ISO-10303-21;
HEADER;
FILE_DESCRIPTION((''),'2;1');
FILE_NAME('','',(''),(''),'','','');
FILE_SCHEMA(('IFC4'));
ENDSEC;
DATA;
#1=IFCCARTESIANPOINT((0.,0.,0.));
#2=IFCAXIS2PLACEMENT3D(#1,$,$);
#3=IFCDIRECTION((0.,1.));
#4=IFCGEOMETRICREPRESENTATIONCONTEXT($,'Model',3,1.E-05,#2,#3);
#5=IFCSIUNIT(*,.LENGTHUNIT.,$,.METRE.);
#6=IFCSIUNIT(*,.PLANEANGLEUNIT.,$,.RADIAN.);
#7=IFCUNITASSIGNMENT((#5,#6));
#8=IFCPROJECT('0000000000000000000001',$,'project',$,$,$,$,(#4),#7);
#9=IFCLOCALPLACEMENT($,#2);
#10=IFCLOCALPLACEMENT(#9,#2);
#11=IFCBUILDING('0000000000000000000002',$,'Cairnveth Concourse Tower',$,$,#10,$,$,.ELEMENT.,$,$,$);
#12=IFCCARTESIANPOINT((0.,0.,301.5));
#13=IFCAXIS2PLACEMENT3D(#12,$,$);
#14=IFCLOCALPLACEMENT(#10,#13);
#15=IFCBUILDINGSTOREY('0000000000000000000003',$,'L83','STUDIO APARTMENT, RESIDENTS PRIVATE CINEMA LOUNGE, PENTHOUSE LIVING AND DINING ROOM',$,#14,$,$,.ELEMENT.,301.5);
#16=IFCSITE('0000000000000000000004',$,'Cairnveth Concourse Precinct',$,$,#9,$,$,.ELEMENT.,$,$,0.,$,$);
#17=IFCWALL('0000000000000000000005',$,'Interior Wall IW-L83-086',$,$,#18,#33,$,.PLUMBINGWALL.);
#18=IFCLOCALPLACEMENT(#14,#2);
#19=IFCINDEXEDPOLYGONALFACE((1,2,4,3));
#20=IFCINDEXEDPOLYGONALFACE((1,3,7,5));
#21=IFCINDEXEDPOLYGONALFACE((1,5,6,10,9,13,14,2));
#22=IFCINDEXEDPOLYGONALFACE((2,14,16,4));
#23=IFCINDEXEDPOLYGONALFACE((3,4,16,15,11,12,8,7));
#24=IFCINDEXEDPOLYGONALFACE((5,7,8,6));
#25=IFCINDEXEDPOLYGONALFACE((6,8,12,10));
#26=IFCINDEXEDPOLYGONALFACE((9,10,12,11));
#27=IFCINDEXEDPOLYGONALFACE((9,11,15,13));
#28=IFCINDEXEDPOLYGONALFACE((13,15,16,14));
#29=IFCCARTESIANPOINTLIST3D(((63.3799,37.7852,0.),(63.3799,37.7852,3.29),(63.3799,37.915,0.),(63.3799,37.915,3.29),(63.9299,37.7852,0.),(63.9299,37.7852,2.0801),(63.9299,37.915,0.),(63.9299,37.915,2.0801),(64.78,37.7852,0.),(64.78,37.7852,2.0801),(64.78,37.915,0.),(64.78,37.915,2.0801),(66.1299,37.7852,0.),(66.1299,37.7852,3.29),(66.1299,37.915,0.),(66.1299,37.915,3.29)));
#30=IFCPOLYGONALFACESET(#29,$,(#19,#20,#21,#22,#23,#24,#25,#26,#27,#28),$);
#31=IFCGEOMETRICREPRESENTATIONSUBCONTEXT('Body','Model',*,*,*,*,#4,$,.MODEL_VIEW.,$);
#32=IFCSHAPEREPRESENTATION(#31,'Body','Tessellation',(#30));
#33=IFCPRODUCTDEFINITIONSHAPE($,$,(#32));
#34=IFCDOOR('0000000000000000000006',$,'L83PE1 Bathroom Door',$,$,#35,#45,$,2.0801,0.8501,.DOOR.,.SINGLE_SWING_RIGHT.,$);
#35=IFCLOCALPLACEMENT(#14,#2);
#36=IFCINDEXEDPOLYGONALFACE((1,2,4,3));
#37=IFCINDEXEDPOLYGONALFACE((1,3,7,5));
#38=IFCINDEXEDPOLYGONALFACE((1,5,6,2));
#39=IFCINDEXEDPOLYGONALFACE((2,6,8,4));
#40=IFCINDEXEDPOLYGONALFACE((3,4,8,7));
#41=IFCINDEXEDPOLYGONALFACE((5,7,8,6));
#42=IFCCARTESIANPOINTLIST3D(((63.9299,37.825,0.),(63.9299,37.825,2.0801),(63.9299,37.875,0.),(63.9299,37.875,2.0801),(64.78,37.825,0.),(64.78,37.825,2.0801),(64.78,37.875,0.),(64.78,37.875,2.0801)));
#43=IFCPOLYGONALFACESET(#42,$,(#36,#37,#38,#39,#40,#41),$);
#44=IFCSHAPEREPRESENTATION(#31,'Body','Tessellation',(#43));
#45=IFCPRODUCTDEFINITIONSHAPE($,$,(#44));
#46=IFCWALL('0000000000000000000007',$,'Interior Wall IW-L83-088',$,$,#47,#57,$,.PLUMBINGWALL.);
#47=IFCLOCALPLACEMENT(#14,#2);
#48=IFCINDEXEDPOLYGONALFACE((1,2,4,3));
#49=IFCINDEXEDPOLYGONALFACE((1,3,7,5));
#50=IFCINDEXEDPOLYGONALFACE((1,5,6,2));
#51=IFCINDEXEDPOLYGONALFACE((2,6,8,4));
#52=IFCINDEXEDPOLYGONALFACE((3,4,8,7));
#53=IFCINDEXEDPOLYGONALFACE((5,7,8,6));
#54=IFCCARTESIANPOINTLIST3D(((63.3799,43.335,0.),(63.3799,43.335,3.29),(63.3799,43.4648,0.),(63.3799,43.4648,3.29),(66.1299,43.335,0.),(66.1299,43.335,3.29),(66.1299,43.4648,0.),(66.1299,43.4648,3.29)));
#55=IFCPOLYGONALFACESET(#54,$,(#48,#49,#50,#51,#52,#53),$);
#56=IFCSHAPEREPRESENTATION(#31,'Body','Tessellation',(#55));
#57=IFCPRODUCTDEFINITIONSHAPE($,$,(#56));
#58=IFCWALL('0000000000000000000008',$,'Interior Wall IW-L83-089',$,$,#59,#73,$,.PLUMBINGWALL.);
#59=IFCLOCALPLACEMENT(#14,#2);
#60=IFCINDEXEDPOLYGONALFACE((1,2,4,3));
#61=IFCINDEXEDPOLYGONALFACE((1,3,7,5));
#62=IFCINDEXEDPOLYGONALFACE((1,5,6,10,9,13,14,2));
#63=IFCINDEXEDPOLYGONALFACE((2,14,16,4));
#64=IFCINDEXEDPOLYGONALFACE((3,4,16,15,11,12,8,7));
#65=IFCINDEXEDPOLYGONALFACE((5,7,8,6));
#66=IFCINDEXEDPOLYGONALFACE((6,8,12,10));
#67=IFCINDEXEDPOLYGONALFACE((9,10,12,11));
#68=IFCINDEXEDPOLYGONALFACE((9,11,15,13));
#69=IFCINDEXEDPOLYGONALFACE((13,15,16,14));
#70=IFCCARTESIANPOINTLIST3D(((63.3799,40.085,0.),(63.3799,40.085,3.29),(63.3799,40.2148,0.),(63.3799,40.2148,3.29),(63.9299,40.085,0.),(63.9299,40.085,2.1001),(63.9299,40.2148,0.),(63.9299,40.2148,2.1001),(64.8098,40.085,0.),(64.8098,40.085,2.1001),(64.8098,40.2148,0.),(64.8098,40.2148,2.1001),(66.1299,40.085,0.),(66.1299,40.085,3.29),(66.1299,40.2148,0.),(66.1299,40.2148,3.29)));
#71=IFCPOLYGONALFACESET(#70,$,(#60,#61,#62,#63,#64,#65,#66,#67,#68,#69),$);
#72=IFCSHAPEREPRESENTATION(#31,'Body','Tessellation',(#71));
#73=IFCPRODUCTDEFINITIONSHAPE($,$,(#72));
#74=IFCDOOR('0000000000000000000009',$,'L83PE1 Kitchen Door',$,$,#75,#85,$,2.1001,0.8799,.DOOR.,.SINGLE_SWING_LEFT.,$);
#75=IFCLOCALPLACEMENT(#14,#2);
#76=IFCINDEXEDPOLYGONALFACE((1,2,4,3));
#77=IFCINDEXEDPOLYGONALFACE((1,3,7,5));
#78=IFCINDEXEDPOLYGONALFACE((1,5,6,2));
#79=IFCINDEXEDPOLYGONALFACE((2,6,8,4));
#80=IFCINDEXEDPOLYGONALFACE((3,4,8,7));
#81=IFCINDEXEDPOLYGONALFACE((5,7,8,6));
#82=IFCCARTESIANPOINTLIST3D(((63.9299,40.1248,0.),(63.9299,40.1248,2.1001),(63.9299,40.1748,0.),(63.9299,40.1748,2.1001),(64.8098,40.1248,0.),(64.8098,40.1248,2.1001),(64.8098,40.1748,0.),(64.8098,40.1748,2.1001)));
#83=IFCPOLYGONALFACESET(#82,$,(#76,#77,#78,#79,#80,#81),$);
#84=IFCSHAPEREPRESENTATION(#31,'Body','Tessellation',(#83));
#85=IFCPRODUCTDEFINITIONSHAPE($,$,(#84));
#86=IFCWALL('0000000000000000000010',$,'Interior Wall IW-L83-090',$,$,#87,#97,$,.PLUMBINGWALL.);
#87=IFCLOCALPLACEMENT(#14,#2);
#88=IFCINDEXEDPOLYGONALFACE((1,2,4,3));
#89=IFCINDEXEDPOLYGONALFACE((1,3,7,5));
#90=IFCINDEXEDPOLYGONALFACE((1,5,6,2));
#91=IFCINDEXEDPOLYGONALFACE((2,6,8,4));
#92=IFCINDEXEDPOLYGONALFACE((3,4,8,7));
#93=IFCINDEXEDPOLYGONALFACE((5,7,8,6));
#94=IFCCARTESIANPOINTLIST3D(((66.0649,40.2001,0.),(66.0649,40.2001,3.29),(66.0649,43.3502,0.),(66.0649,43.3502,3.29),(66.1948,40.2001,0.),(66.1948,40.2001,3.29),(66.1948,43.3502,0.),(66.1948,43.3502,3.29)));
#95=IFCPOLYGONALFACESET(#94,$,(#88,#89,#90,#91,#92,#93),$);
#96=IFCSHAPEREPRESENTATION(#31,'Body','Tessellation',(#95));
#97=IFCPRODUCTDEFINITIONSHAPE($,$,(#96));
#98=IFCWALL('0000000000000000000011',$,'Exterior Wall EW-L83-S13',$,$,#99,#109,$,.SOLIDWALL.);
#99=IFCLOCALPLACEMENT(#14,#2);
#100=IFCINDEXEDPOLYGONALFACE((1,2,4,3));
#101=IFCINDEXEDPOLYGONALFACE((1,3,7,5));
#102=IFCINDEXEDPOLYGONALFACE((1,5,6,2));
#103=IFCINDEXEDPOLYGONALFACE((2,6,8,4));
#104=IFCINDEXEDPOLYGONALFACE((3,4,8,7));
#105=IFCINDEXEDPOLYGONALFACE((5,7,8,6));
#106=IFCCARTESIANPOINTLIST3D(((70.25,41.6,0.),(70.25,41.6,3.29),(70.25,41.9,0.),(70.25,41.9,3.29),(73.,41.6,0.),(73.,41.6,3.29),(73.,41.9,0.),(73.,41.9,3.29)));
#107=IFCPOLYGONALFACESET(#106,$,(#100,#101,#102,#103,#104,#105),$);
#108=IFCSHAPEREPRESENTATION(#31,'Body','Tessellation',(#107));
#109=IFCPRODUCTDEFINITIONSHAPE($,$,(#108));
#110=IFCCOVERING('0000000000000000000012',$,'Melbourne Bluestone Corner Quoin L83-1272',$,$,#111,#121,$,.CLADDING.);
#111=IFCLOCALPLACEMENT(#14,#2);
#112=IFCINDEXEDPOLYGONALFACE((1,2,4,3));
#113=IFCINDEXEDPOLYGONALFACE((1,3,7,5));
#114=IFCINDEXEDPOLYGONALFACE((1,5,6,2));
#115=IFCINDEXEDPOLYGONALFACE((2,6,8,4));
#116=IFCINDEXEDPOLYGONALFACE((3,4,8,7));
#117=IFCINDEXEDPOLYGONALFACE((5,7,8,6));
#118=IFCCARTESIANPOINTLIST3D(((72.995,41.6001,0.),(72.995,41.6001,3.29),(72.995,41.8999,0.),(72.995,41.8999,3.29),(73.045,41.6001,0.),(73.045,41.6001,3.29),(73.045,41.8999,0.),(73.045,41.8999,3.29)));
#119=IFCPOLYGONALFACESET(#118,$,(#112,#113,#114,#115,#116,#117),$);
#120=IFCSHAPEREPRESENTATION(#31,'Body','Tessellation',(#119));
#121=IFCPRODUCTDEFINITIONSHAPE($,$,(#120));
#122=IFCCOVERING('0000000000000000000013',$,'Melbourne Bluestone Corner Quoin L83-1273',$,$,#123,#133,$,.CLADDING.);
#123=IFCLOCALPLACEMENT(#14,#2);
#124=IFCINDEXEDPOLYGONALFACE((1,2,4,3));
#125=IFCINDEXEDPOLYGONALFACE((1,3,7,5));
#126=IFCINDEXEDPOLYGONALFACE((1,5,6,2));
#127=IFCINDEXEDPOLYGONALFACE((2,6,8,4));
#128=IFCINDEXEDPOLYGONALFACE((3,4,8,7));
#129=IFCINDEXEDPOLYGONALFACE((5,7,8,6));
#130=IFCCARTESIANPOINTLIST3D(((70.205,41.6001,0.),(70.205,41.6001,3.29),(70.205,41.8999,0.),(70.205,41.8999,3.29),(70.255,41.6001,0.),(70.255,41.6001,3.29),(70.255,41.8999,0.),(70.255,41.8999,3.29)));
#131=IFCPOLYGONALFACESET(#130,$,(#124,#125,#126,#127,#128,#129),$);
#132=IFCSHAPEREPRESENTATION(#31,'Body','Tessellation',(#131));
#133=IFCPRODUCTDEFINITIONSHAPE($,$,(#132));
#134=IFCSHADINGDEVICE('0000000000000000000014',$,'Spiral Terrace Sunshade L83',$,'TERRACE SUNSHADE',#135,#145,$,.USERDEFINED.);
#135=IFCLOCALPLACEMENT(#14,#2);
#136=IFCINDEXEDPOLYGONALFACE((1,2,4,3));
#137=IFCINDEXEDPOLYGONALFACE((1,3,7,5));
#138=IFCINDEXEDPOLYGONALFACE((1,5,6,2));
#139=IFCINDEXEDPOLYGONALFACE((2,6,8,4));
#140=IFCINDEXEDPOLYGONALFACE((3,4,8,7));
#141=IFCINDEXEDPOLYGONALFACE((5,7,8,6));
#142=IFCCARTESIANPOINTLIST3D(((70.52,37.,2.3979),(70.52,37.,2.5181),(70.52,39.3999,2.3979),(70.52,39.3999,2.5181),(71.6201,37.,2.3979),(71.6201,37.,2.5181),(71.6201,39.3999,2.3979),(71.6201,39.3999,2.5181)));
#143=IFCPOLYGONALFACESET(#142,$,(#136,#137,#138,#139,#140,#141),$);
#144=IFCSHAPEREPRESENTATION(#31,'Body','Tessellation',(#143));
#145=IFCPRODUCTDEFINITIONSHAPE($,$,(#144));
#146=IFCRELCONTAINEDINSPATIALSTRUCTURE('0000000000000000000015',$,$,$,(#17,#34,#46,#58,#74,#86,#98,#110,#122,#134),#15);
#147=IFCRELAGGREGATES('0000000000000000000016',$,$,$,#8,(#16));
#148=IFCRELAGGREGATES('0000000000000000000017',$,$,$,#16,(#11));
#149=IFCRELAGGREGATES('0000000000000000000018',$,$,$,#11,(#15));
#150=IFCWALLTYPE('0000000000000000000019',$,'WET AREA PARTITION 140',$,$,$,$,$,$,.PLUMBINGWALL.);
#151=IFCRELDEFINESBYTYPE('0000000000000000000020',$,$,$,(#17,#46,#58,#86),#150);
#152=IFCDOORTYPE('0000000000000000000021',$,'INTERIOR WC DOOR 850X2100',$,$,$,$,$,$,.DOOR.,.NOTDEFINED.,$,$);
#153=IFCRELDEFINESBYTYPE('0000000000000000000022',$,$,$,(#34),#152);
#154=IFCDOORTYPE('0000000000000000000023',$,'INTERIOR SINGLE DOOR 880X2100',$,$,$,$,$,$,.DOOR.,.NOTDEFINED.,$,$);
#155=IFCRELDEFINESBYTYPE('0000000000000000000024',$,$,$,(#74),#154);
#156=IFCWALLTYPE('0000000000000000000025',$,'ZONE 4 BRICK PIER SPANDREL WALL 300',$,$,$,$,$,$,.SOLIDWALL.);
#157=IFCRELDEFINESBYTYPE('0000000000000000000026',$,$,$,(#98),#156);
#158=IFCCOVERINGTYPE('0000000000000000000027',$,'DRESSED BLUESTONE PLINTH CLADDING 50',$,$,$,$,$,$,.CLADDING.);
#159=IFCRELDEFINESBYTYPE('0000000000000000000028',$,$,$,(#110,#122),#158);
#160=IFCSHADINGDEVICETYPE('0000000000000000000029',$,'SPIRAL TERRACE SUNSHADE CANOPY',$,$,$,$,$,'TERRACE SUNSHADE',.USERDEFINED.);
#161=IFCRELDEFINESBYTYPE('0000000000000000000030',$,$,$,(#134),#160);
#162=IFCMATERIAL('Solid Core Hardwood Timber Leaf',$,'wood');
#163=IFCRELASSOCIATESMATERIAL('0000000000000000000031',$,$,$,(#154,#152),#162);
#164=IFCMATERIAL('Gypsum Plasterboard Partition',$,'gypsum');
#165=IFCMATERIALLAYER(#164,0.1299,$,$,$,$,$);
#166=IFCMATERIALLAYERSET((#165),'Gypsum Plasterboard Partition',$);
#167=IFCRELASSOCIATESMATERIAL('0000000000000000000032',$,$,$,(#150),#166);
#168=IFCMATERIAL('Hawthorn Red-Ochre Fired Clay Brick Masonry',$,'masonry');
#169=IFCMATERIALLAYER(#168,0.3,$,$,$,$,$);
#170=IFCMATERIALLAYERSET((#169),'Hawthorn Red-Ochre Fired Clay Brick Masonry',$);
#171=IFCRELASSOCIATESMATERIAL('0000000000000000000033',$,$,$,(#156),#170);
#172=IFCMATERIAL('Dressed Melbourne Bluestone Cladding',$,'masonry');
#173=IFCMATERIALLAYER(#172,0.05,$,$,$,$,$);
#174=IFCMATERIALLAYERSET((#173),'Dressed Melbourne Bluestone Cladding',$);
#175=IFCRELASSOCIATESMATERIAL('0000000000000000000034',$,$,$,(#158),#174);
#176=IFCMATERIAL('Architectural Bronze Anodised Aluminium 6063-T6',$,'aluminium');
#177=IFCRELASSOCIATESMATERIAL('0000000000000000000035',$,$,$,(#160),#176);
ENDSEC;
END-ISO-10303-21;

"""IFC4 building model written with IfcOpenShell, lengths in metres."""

from ifc_helpers import new_model, si_unit, direction, frame, frame_2d, origin, origin_2d, place, context, subcontext, project, spatial, rectangle, extrude, material, layer, layer_set, type_object, element, fill, save


model = new_model("IFC4")

# Units and contexts
model_context = context("Model", 3, precision=1e-05, world=origin(), true_north=direction((0.0, 1.0)))
body_context = subcontext(model_context, "Body", "Model", "MODEL_VIEW")
ifc_project = project(units=[si_unit("LENGTHUNIT", "METRE"), si_unit("PLANEANGLEUNIT", "RADIAN")], contexts=[model_context])

# Site, building, storey
site_placement = place(None, origin())
site = spatial("IfcSite", under=ifc_project, at=site_placement, Name="Cairnveth Concourse Precinct", CompositionType="ELEMENT", RefElevation=0.0)
building_placement = place(site_placement, origin())
building = spatial("IfcBuilding", under=site, at=building_placement, Name="Cairnveth Concourse Tower", CompositionType="ELEMENT")
storey_placement = place(building_placement, frame((0.0, 0.0, 301.5)))
storey = spatial("IfcBuildingStorey", under=building, at=storey_placement, Name="L83", Description="STUDIO APARTMENT, RESIDENTS PRIVATE CINEMA LOUNGE, PENTHOUSE LIVING AND DINING ROOM", CompositionType="ELEMENT", Elevation=301.5)

# Wall, opening, door
ifc_material_1 = material(Name="Gypsum Plasterboard Partition", Category="gypsum")
ifc_material_2 = material(Name="Solid Core Hardwood Timber Leaf", Category="wood")
door_type_1 = type_object("IfcDoorType", Name="INTERIOR SINGLE DOOR 880X2100", OperationType="NOTDEFINED", PredefinedType="DOOR", material=ifc_material_2)
ifc_layer_1 = layer(ifc_material_1, 0.1299)
ifc_layer_set_1 = layer_set([ifc_layer_1], Name="Gypsum Plasterboard Partition")
wall_type_1 = type_object("IfcWallType", Name="WET AREA PARTITION 140", PredefinedType="PLUMBINGWALL", material=ifc_layer_set_1)
wall_1_placement = place(storey_placement, frame((63.3799, 37.8501, 0.0), z_axis=(0.0, 0.0, 1.0), x_axis=(1.0, 0.0, 0.0)))
wall_1 = element("IfcWall", 1, at=wall_1_placement, inside=storey, type_object=wall_type_1, Name="Interior Wall IW-L83-086", PredefinedType="PLUMBINGWALL", context=body_context, shape_type="SweptSolid", body=[
    extrude(rectangle(XDim=2.75, YDim=0.1299, at=frame_2d((1.375, 0.0))), origin(), (0.0, 0.0, 1.0), 3.29),
])
opening_1_placement = place(wall_1_placement, frame((0.55, 0.0, 0.0)))
opening_1 = element("IfcOpeningElement", 2, at=opening_1_placement, cuts=wall_1, PredefinedType="OPENING", context=body_context, shape_type="SweptSolid", body=[
    extrude(rectangle(XDim=0.8501, YDim=2.0801, at=frame_2d((0.425, 1.04))), frame((0.0, 0.075, 0.0), z_axis=(0.0, -1.0, 0.0), x_axis=(1.0, 0.0, 0.0)), (0.0, 0.0, 1.0), 0.1499),
])
door_type_2 = type_object("IfcDoorType", Name="INTERIOR WC DOOR 850X2100", OperationType="NOTDEFINED", PredefinedType="DOOR", material=ifc_material_2)
door_1_placement = place(opening_1_placement, origin())
door_1 = element("IfcDoor", 3, at=door_1_placement, inside=storey, type_object=door_type_2, Name="L83PE1 Bathroom Door", OperationType="SINGLE_SWING_RIGHT", OverallHeight=2.0801, OverallWidth=0.8501, PredefinedType="DOOR", context=body_context, shape_type="SweptSolid", body=[
    extrude(rectangle(XDim=0.8501, YDim=2.0801, at=frame_2d((0.425, 1.04))), frame((0.0, 0.0249, 0.0), z_axis=(0.0, -1.0, 0.0), x_axis=(1.0, 0.0, 0.0)), (0.0, 0.0, 1.0), 0.05),
])
fill(opening_1, door_1)

# Wall
wall_2_placement = place(storey_placement, frame((63.3799, 43.3999, 0.0), z_axis=(0.0, 0.0, 1.0), x_axis=(1.0, 0.0, 0.0)))
element("IfcWall", 4, at=wall_2_placement, inside=storey, type_object=wall_type_1, Name="Interior Wall IW-L83-088", PredefinedType="PLUMBINGWALL", context=body_context, shape_type="SweptSolid", body=[
    extrude(rectangle(XDim=2.75, YDim=0.1299, at=frame_2d((1.375, 0.0))), origin(), (0.0, 0.0, 1.0), 3.29),
])

# Wall, opening, door
wall_3_placement = place(storey_placement, frame((63.3799, 40.1499, 0.0), z_axis=(0.0, 0.0, 1.0), x_axis=(1.0, 0.0, 0.0)))
wall_3 = element("IfcWall", 5, at=wall_3_placement, inside=storey, type_object=wall_type_1, Name="Interior Wall IW-L83-089", PredefinedType="PLUMBINGWALL", context=body_context, shape_type="SweptSolid", body=[
    extrude(rectangle(XDim=2.75, YDim=0.1299, at=frame_2d((1.375, 0.0))), origin(), (0.0, 0.0, 1.0), 3.29),
])
opening_2_placement = place(wall_3_placement, frame((0.55, 0.0, 0.0)))
opening_2 = element("IfcOpeningElement", 6, at=opening_2_placement, cuts=wall_3, PredefinedType="OPENING", context=body_context, shape_type="SweptSolid", body=[
    extrude(rectangle(XDim=0.8799, YDim=2.1001, at=frame_2d((0.4399, 1.05))), frame((0.0, 0.075, 0.0), z_axis=(0.0, -1.0, 0.0), x_axis=(1.0, 0.0, 0.0)), (0.0, 0.0, 1.0), 0.1499),
])
door_2_placement = place(opening_2_placement, origin())
door_2 = element("IfcDoor", 7, at=door_2_placement, inside=storey, type_object=door_type_1, Name="L83PE1 Kitchen Door", OperationType="SINGLE_SWING_LEFT", OverallHeight=2.1001, OverallWidth=0.8799, PredefinedType="DOOR", context=body_context, shape_type="SweptSolid", body=[
    extrude(rectangle(XDim=0.8799, YDim=2.1001, at=frame_2d((0.4399, 1.05))), frame((0.0, 0.0249, 0.0), z_axis=(0.0, -1.0, 0.0), x_axis=(1.0, 0.0, 0.0)), (0.0, 0.0, 1.0), 0.05),
])
fill(opening_2, door_2)

# Walls
wall_4_placement = place(storey_placement, frame((66.1299, 40.2, 0.0), z_axis=(0.0, 0.0, 1.0), x_axis=(0.0, 1.0, 0.0)))
element("IfcWall", 8, at=wall_4_placement, inside=storey, type_object=wall_type_1, Name="Interior Wall IW-L83-090", PredefinedType="PLUMBINGWALL", context=body_context, shape_type="SweptSolid", body=[
    extrude(rectangle(XDim=3.1501, YDim=0.1299, at=frame_2d((1.5752, 0.0))), origin(), (0.0, 0.0, 1.0), 3.29),
])
ifc_material_3 = material(Name="Hawthorn Red-Ochre Fired Clay Brick Masonry", Category="masonry")
ifc_layer_2 = layer(ifc_material_3, 0.3)
ifc_layer_set_2 = layer_set([ifc_layer_2], Name="Hawthorn Red-Ochre Fired Clay Brick Masonry")
wall_type_2 = type_object("IfcWallType", Name="ZONE 4 BRICK PIER SPANDREL WALL 300", PredefinedType="SOLIDWALL", material=ifc_layer_set_2)
wall_5_placement = place(storey_placement, frame((73.0, 41.75, 0.0), z_axis=(0.0, 0.0, 1.0), x_axis=(-1.0, 0.0, 0.0)))
element("IfcWall", 9, at=wall_5_placement, inside=storey, type_object=wall_type_2, Name="Exterior Wall EW-L83-S13", PredefinedType="SOLIDWALL", context=body_context, shape_type="SweptSolid", body=[
    extrude(rectangle(XDim=2.75, YDim=0.3, at=frame_2d((1.375, 0.0))), origin(), (0.0, 0.0, 1.0), 3.29),
])

# Shared definitions
ifc_material_4 = material(Name="Architectural Bronze Anodised Aluminium 6063-T6", Category="aluminium")

# Coverings
ifc_material_5 = material(Name="Dressed Melbourne Bluestone Cladding", Category="masonry")
ifc_layer_3 = layer(ifc_material_5, 0.05)
ifc_layer_set_3 = layer_set([ifc_layer_3], Name="Dressed Melbourne Bluestone Cladding")
covering_type = type_object("IfcCoveringType", Name="DRESSED BLUESTONE PLINTH CLADDING 50", PredefinedType="CLADDING", material=ifc_layer_set_3)
for number, where, z_axis, x_axis, name in (
    (10, (73.02, 41.8999, 0.0), (0.0, 0.0, 1.0), (0.0, -1.0, 0.0), "Melbourne Bluestone Corner Quoin L83-1272"),
    (11, (70.23, 41.8999, 0.0), (0.0, 0.0, 1.0), (0.0, -1.0, 0.0), "Melbourne Bluestone Corner Quoin L83-1273"),
):
    element("IfcCovering", number, at=place(storey_placement, frame(where, z_axis=z_axis, x_axis=x_axis)), inside=storey, type_object=covering_type, Name=name, PredefinedType="CLADDING", context=body_context, shape_type="SweptSolid", body=[
        extrude(rectangle(XDim=0.2998, YDim=0.05, at=frame_2d((0.1499, 0.0))), origin(), (0.0, 0.0, 1.0), 3.29),
    ])

# Shading device
shading_device_type = type_object("IfcShadingDeviceType", Name="SPIRAL TERRACE SUNSHADE CANOPY", ElementType="TERRACE SUNSHADE", PredefinedType="USERDEFINED", material=ifc_material_4)
shading_device_placement = place(storey_placement, frame((71.0701, 38.2, 2.3979), z_axis=(0.0, 0.0, 1.0), x_axis=(1.0, 0.0, 0.0)))
element("IfcShadingDevice", 12, at=shading_device_placement, inside=storey, type_object=shading_device_type, Name="Spiral Terrace Sunshade L83", ObjectType="TERRACE SUNSHADE", PredefinedType="USERDEFINED", context=body_context, shape_type="SweptSolid", body=[
    extrude(rectangle(XDim=1.1001, YDim=2.3999, at=origin_2d()), origin(), (0.0, 0.0, 1.0), 0.1201),
])

save(model, "model.ifc")
